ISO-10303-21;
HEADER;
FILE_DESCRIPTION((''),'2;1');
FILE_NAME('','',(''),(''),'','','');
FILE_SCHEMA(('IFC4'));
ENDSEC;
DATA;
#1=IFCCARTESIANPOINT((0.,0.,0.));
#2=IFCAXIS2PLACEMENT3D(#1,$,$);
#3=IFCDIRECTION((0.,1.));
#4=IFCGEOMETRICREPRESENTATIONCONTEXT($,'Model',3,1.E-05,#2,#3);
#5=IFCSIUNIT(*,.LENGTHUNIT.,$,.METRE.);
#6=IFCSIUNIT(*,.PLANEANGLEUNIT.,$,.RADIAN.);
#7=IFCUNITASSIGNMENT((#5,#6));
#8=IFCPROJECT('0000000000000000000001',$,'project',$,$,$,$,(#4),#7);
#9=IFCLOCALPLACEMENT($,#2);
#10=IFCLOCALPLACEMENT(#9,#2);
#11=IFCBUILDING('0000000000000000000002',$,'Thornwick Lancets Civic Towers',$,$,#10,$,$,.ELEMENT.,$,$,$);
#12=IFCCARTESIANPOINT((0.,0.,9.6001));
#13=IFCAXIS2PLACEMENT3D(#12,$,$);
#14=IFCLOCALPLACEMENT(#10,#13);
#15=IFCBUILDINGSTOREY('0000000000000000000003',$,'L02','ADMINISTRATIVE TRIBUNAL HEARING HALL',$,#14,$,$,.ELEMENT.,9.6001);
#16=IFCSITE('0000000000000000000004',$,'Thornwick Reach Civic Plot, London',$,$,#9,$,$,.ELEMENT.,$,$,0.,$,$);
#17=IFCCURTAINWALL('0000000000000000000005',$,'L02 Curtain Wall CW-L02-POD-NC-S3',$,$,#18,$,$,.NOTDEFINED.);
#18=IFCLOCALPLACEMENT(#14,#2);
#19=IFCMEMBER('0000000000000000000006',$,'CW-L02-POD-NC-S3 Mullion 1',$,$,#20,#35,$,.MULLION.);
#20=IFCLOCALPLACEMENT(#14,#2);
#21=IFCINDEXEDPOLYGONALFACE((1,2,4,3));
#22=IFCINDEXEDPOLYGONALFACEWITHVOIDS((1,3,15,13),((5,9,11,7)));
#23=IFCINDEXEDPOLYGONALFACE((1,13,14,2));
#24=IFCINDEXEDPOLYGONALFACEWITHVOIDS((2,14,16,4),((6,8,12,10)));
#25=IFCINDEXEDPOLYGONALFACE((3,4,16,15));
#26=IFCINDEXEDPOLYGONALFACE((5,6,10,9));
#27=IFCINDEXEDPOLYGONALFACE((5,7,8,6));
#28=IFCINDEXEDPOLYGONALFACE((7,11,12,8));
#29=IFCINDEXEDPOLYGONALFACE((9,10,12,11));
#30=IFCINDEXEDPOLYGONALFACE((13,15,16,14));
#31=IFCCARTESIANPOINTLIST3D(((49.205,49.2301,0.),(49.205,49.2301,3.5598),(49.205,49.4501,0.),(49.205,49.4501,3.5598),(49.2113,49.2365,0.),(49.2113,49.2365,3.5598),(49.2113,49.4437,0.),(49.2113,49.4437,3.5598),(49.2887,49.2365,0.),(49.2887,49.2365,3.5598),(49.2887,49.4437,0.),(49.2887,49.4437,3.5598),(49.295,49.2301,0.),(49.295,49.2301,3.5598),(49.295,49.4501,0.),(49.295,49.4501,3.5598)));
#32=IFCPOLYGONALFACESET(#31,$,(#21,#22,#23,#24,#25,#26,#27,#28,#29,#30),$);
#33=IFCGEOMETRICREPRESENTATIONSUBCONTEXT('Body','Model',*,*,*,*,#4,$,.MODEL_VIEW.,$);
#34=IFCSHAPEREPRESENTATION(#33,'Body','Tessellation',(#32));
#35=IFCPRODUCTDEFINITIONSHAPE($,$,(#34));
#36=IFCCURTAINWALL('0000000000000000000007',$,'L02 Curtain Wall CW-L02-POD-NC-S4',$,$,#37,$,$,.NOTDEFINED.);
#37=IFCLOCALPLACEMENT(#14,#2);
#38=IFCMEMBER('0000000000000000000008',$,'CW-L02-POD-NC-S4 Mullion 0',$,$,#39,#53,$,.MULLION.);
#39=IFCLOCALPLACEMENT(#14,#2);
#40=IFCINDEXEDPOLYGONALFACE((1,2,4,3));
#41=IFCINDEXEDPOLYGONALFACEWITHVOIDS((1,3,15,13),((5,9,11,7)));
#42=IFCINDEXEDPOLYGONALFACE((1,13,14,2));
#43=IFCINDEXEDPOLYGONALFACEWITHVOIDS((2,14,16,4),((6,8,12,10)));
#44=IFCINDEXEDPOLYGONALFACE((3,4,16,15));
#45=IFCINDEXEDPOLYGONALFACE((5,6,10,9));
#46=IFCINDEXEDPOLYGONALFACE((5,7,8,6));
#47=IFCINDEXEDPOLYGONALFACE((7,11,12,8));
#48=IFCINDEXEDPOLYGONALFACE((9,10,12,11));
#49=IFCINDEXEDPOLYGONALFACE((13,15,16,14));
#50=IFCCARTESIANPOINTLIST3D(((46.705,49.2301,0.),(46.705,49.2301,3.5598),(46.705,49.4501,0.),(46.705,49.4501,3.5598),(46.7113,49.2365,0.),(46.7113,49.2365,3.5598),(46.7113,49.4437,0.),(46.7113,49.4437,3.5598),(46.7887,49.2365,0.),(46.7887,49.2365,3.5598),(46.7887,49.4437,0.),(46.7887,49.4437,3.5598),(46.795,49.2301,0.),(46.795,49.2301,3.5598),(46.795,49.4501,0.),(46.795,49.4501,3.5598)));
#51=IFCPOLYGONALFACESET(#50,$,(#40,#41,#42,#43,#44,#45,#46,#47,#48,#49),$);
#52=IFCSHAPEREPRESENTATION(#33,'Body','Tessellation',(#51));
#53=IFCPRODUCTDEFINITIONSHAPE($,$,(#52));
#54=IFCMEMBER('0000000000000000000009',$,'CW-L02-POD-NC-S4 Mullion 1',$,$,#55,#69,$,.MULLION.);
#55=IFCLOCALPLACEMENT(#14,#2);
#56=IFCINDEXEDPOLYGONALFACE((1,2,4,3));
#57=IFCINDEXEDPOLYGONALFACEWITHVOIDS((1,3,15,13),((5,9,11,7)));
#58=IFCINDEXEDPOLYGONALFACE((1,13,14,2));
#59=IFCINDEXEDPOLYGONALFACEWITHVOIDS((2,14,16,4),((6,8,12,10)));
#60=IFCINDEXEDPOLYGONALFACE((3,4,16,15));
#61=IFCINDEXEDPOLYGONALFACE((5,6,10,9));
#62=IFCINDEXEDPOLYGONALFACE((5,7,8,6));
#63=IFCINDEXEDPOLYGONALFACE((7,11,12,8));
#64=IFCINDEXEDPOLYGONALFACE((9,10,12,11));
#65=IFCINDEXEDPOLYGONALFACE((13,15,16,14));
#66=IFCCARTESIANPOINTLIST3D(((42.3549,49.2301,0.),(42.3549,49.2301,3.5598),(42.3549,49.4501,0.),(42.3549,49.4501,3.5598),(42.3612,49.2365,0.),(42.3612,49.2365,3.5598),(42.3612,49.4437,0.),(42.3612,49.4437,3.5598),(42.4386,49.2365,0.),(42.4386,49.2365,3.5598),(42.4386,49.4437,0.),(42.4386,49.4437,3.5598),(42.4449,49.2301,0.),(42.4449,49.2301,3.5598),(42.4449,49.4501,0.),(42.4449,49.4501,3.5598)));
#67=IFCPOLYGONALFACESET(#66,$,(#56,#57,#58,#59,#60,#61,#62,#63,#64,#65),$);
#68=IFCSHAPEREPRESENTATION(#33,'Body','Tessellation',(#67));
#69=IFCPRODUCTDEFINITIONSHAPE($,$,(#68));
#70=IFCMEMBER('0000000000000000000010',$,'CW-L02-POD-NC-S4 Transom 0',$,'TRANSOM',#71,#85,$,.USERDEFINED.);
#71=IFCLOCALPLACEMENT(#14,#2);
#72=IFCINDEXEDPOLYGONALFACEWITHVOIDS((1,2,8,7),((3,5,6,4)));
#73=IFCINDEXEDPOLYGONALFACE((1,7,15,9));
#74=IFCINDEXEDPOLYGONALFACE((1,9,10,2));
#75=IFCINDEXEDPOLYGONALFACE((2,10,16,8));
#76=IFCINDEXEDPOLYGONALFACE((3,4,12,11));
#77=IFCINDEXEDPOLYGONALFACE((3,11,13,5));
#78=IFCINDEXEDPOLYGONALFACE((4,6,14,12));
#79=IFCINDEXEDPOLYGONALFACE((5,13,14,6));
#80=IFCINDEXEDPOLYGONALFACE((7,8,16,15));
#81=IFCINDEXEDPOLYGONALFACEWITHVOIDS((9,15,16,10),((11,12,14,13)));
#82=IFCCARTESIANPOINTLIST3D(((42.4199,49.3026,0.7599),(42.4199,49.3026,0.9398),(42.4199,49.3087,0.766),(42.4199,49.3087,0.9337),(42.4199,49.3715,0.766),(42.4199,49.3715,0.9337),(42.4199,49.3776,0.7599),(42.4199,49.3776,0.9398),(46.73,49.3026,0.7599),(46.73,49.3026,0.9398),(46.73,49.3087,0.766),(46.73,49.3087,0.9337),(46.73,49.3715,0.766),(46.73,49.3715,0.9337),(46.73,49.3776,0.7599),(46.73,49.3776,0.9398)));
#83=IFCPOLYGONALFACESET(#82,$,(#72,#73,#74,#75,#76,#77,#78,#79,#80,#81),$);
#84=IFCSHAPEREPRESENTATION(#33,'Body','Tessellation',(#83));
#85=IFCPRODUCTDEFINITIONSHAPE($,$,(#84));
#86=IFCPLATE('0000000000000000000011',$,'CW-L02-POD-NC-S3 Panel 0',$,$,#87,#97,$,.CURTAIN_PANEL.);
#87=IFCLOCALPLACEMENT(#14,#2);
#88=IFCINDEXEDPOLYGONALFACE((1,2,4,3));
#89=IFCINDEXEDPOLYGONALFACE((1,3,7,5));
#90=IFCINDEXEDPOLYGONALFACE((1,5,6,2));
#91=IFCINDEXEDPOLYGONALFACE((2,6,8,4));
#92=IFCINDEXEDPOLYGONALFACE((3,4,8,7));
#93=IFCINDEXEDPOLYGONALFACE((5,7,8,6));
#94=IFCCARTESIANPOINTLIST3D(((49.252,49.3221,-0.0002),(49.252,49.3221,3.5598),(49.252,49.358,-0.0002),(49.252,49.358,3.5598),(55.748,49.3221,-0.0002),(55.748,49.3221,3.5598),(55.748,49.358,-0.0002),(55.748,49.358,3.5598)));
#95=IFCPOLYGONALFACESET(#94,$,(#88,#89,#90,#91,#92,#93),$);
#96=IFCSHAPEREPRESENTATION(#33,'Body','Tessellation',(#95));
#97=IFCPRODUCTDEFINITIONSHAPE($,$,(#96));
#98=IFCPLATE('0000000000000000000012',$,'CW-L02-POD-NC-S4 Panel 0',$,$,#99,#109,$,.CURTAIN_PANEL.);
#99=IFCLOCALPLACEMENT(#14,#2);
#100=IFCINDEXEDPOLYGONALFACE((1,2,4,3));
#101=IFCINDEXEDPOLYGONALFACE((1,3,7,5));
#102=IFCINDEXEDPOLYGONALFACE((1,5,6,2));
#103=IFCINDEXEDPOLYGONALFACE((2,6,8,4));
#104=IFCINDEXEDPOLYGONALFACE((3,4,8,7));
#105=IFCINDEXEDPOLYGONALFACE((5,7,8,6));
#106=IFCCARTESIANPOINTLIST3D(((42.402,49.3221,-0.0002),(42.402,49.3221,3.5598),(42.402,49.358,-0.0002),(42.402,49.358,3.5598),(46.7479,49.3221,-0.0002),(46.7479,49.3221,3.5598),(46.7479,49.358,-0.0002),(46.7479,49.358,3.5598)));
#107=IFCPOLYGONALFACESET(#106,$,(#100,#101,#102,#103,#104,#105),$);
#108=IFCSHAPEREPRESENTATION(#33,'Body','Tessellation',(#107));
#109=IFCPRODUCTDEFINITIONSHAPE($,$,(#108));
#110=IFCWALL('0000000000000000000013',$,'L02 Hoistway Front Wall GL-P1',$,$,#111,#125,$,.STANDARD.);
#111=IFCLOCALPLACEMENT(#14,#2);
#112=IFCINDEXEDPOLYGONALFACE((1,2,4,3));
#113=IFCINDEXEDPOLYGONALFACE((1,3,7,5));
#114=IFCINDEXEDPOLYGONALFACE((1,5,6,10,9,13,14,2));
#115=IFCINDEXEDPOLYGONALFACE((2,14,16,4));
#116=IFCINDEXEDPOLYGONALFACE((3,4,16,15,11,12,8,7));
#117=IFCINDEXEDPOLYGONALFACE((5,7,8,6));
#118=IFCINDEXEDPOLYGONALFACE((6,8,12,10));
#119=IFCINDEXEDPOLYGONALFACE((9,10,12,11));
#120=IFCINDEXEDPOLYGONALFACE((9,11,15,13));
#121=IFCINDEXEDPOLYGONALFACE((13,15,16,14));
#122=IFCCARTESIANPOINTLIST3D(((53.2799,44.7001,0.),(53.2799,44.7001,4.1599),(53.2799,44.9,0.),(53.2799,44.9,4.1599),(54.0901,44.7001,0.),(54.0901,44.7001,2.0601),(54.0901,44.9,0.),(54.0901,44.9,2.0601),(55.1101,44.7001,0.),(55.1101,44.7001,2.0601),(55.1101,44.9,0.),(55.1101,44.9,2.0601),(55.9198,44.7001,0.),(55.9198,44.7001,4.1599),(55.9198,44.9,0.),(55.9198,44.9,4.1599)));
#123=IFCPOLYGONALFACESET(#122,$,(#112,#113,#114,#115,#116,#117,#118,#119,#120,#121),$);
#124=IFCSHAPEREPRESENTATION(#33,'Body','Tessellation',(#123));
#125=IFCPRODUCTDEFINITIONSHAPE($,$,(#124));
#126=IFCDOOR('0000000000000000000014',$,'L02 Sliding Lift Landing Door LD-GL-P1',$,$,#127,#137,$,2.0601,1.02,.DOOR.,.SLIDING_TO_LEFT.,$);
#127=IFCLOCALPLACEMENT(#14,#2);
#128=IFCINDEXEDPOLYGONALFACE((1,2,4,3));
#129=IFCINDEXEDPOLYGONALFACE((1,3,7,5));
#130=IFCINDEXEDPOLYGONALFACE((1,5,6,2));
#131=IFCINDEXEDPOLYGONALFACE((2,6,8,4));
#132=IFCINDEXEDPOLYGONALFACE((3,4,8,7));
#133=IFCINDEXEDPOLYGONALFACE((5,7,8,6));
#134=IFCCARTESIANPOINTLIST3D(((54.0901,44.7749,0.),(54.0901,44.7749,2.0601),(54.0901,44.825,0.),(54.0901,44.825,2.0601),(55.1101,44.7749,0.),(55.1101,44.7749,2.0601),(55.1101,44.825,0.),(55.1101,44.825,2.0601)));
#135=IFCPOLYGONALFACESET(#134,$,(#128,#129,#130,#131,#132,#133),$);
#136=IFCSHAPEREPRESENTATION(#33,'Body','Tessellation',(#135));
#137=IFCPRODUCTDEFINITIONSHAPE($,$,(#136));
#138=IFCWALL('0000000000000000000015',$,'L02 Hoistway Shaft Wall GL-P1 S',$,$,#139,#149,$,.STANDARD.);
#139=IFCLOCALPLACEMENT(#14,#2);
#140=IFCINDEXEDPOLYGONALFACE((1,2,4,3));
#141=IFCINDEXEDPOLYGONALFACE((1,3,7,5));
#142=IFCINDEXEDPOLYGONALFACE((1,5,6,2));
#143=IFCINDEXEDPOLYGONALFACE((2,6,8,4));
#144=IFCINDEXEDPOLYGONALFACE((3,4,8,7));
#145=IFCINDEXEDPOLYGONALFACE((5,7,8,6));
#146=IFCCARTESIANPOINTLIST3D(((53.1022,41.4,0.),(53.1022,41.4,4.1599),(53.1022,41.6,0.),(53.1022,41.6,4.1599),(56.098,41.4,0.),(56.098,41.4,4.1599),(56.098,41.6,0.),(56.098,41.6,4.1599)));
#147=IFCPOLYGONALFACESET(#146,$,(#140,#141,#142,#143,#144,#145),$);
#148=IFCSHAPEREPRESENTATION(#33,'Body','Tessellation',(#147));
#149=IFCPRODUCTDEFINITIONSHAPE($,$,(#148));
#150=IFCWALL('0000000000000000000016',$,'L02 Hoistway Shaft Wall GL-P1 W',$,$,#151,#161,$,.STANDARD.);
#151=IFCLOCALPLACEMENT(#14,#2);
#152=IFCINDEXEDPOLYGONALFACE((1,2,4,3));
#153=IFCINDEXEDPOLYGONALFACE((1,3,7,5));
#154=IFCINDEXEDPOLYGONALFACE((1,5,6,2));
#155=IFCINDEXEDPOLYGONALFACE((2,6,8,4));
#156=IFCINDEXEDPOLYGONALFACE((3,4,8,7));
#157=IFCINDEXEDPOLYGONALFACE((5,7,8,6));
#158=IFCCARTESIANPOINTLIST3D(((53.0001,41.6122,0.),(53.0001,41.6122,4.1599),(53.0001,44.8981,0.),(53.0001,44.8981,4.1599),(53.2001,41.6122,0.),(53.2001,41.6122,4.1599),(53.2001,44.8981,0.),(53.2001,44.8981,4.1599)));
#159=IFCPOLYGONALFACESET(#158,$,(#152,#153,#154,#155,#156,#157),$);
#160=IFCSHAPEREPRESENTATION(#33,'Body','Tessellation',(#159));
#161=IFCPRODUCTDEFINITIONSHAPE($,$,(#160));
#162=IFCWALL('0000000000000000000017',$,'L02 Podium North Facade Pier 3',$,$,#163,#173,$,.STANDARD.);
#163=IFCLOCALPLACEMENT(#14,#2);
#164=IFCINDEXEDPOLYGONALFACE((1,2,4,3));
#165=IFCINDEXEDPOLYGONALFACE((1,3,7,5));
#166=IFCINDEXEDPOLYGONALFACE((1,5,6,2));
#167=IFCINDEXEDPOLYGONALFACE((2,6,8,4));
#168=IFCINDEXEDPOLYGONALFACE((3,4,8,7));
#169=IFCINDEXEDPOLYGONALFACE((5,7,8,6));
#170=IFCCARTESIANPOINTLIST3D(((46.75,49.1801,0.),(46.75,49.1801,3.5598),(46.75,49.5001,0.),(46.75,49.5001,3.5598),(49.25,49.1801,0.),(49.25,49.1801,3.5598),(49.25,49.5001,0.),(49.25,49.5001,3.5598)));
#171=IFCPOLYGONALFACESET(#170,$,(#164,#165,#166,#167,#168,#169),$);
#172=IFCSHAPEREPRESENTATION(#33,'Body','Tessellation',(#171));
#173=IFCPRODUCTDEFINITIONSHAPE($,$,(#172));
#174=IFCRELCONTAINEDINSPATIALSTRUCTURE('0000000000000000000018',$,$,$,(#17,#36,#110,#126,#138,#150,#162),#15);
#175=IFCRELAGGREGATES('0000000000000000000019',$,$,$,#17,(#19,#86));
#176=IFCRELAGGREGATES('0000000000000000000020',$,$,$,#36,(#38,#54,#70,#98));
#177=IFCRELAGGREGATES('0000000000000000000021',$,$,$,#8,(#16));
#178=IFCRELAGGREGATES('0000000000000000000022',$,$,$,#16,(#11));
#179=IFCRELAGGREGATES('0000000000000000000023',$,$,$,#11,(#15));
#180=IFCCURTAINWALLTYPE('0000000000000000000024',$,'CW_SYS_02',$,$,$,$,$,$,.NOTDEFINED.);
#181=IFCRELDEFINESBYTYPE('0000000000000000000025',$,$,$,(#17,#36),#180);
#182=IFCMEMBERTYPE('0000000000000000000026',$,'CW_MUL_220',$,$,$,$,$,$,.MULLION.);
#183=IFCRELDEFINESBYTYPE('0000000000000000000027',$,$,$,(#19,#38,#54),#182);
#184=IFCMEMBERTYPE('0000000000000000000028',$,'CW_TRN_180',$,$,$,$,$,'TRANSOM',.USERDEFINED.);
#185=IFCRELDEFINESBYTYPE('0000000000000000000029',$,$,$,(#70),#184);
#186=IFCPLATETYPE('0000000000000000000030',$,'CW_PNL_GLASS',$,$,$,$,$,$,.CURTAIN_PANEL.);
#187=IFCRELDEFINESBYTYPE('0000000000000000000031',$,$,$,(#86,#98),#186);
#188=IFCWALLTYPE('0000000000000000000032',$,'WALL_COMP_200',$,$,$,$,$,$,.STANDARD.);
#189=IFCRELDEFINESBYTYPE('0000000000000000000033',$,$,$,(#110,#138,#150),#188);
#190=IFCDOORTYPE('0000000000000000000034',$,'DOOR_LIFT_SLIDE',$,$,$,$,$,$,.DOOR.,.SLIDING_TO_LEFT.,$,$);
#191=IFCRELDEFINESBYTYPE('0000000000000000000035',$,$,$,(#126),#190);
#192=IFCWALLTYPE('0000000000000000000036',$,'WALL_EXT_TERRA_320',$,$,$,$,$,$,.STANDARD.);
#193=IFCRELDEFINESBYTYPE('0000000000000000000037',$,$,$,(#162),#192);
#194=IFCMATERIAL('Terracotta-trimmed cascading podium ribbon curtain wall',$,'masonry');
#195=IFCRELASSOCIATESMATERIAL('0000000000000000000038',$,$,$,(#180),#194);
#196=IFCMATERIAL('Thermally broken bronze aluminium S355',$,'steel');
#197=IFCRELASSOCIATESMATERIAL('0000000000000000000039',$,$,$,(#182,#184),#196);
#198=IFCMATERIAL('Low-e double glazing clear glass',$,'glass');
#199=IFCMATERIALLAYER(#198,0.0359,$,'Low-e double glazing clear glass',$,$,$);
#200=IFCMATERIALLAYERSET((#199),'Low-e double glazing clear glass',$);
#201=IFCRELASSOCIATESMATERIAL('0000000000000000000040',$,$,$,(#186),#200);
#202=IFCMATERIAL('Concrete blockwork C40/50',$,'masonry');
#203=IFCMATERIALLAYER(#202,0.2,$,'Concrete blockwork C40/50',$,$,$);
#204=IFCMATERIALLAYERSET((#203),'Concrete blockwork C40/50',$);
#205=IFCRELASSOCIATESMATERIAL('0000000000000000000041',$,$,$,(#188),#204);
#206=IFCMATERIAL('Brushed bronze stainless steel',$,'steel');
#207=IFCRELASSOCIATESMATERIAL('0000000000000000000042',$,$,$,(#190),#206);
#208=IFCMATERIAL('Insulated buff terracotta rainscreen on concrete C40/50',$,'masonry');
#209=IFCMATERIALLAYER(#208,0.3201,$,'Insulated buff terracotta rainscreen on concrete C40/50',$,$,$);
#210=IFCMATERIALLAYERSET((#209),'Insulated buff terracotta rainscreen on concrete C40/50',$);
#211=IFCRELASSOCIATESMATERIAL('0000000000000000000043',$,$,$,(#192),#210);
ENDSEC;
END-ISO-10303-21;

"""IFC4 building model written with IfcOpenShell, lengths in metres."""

from ifc_helpers import new_model, si_unit, direction, frame, frame_2d, origin, origin_2d, place, context, subcontext, project, spatial, rectangle, hollow_rectangle, extrude, material, layer, layer_set, material_profile, profile_set, type_object, element, fill, aggregate, save


model = new_model("IFC4")

# Units and contexts
model_context = context("Model", 3, precision=1e-05, world=origin(), true_north=direction((0.0, 1.0)))
body_context = subcontext(model_context, "Body", "Model", "MODEL_VIEW")
ifc_project = project(units=[si_unit("LENGTHUNIT", "METRE"), si_unit("PLANEANGLEUNIT", "RADIAN")], contexts=[model_context])

# Site, building, storey
site_placement = place(None, origin())
site = spatial("IfcSite", under=ifc_project, at=site_placement, Name="Thornwick Reach Civic Plot, London", CompositionType="ELEMENT", RefElevation=0.0)
building_placement = place(site_placement, origin())
building = spatial("IfcBuilding", under=site, at=building_placement, Name="Thornwick Lancets Civic Towers", CompositionType="ELEMENT")
storey_placement = place(building_placement, frame((0.0, 0.0, 9.6001)))
storey = spatial("IfcBuildingStorey", under=building, at=storey_placement, Name="L02", Description="ADMINISTRATIVE TRIBUNAL HEARING HALL", CompositionType="ELEMENT", Elevation=9.6001)

# Curtain wall, member
ifc_material_1 = material(Name="Terracotta-trimmed cascading podium ribbon curtain wall", Category="masonry")
curtain_wall_type = type_object("IfcCurtainWallType", Name="CW_SYS_02", PredefinedType="NOTDEFINED", material=ifc_material_1)
curtain_wall_1_placement = place(storey_placement, origin())
curtain_wall_1 = element("IfcCurtainWall", 1, at=curtain_wall_1_placement, inside=storey, type_object=curtain_wall_type, Name="L02 Curtain Wall CW-L02-POD-NC-S3", PredefinedType="NOTDEFINED")
ifc_material_2 = material(Name="Thermally broken bronze aluminium S355", Category="steel")
ifc_material_profile_1 = material_profile(ifc_material_2, hollow_rectangle(XDim=0.0901, YDim=0.22, WallThickness=0.0063, at=origin_2d()), Name="RHS 220x90x6.3")
ifc_profile_set_1 = profile_set([ifc_material_profile_1], Name="Thermally broken bronze aluminium S355")
member_type_1 = type_object("IfcMemberType", Name="CW_MUL_220", PredefinedType="MULLION", material=ifc_profile_set_1)
member_1_placement = place(storey_placement, frame((49.25, 49.3401, 0.0), z_axis=(0.0, 0.0, 1.0), x_axis=(1.0, 0.0, 0.0)))
member_1 = element("IfcMember", 2, at=member_1_placement, type_object=member_type_1, Name="CW-L02-POD-NC-S3 Mullion 1", PredefinedType="MULLION", context=body_context, shape_type="SweptSolid", body=[
    extrude(hollow_rectangle(XDim=0.0901, YDim=0.22, WallThickness=0.0063, at=origin_2d()), origin(), (0.0, 0.0, 1.0), 3.5598),
])

# Curtain wall, members
curtain_wall_2_placement = place(storey_placement, origin())
curtain_wall_2 = element("IfcCurtainWall", 3, at=curtain_wall_2_placement, inside=storey, type_object=curtain_wall_type, Name="L02 Curtain Wall CW-L02-POD-NC-S4", PredefinedType="NOTDEFINED")
member_2_placement = place(storey_placement, frame((46.75, 49.3401, 0.0), z_axis=(0.0, 0.0, 1.0), x_axis=(1.0, 0.0, 0.0)))
member_2 = element("IfcMember", 4, at=member_2_placement, type_object=member_type_1, Name="CW-L02-POD-NC-S4 Mullion 0", PredefinedType="MULLION", context=body_context, shape_type="SweptSolid", body=[
    extrude(hollow_rectangle(XDim=0.0901, YDim=0.22, WallThickness=0.0063, at=origin_2d()), origin(), (0.0, 0.0, 1.0), 3.5598),
])
member_3_placement = place(storey_placement, frame((42.3999, 49.3401, 0.0), z_axis=(0.0, 0.0, 1.0), x_axis=(1.0, 0.0, 0.0)))
member_3 = element("IfcMember", 5, at=member_3_placement, type_object=member_type_1, Name="CW-L02-POD-NC-S4 Mullion 1", PredefinedType="MULLION", context=body_context, shape_type="SweptSolid", body=[
    extrude(hollow_rectangle(XDim=0.0901, YDim=0.22, WallThickness=0.0063, at=origin_2d()), origin(), (0.0, 0.0, 1.0), 3.5598),
])
ifc_material_profile_2 = material_profile(ifc_material_2, hollow_rectangle(XDim=0.075, YDim=0.1799, WallThickness=0.0061, at=origin_2d()), Name="RHS 180x75x6")
ifc_profile_set_2 = profile_set([ifc_material_profile_2], Name="Thermally broken bronze aluminium S355")
member_type_2 = type_object("IfcMemberType", Name="CW_TRN_180", ElementType="TRANSOM", PredefinedType="USERDEFINED", material=ifc_profile_set_2)
member_4_placement = place(storey_placement, frame((46.73, 49.3401, 0.8499), z_axis=(-1.0, 0.0, 0.0), x_axis=(0.0, -1.0, 0.0)))
member_4 = element("IfcMember", 6, at=member_4_placement, type_object=member_type_2, Name="CW-L02-POD-NC-S4 Transom 0", ObjectType="TRANSOM", PredefinedType="USERDEFINED", context=body_context, shape_type="SweptSolid", body=[
    extrude(hollow_rectangle(XDim=0.075, YDim=0.1799, WallThickness=0.0061, at=origin_2d()), origin(), (0.0, 0.0, 1.0), 4.3101),
])

# Plates
ifc_material_3 = material(Name="Low-e double glazing clear glass", Category="glass")
ifc_layer_1 = layer(ifc_material_3, 0.0359, Name="Low-e double glazing clear glass")
ifc_layer_set_1 = layer_set([ifc_layer_1], Name="Low-e double glazing clear glass")
plate_type = type_object("IfcPlateType", Name="CW_PNL_GLASS", PredefinedType="CURTAIN_PANEL", material=ifc_layer_set_1)
plate_1_placement = place(storey_placement, frame((52.5, 49.3401, -0.0002), z_axis=(0.0, 0.0, 1.0), x_axis=(-1.0, 0.0, 0.0)))
plate_1 = element("IfcPlate", 7, at=plate_1_placement, type_object=plate_type, Name="CW-L02-POD-NC-S3 Panel 0", PredefinedType="CURTAIN_PANEL", context=body_context, shape_type="SweptSolid", body=[
    extrude(rectangle(XDim=6.4961, YDim=0.0359, at=origin_2d()), origin(), (0.0, 0.0, 1.0), 3.5601),
])
aggregate(curtain_wall_1, [member_1, plate_1])
plate_2_placement = place(storey_placement, frame((44.575, 49.3401, -0.0002), z_axis=(0.0, 0.0, 1.0), x_axis=(-1.0, 0.0, 0.0)))
plate_2 = element("IfcPlate", 8, at=plate_2_placement, type_object=plate_type, Name="CW-L02-POD-NC-S4 Panel 0", PredefinedType="CURTAIN_PANEL", context=body_context, shape_type="SweptSolid", body=[
    extrude(rectangle(XDim=4.3459, YDim=0.0359, at=origin_2d()), origin(), (0.0, 0.0, 1.0), 3.5601),
])
aggregate(curtain_wall_2, [member_2, member_3, member_4, plate_2])

# Wall, opening, door
ifc_material_4 = material(Name="Concrete blockwork C40/50", Category="masonry")
ifc_layer_2 = layer(ifc_material_4, 0.2, Name="Concrete blockwork C40/50")
ifc_layer_set_2 = layer_set([ifc_layer_2], Name="Concrete blockwork C40/50")
wall_type_1 = type_object("IfcWallType", Name="WALL_COMP_200", PredefinedType="STANDARD", material=ifc_layer_set_2)
wall_1_placement = place(storey_placement, frame((53.28, 44.8, 0.0), z_axis=(0.0, 0.0, 1.0), x_axis=(1.0, 0.0, 0.0)))
wall_1 = element("IfcWall", 9, at=wall_1_placement, inside=storey, type_object=wall_type_1, Name="L02 Hoistway Front Wall GL-P1", PredefinedType="STANDARD", context=body_context, shape_type="SweptSolid", body=[
    extrude(rectangle(XDim=2.6399, YDim=0.2, at=frame_2d((1.3198, 0.0))), origin(), (0.0, 0.0, 1.0), 4.1599),
])
opening_1_placement = place(wall_1_placement, frame((0.8101, 0.0, 0.0)))
opening_1 = element("IfcOpeningElement", 10, at=opening_1_placement, cuts=wall_1, PredefinedType="OPENING", context=body_context, shape_type="SweptSolid", body=[
    extrude(rectangle(XDim=1.02, YDim=2.0601, at=frame_2d((0.51, 1.03))), frame((0.0, 0.1099, 0.0), z_axis=(0.0, -1.0, 0.0), x_axis=(1.0, 0.0, 0.0)), (0.0, 0.0, 1.0), 0.22),
])
ifc_material_5 = material(Name="Brushed bronze stainless steel", Category="steel")
door_type_1 = type_object("IfcDoorType", Name="DOOR_LIFT_SLIDE", OperationType="SLIDING_TO_LEFT", PredefinedType="DOOR", material=ifc_material_5)
door_1_placement = place(opening_1_placement, origin())
door_1 = element("IfcDoor", 11, at=door_1_placement, inside=storey, type_object=door_type_1, Name="L02 Sliding Lift Landing Door LD-GL-P1", OperationType="SLIDING_TO_LEFT", OverallHeight=2.0601, OverallWidth=1.02, PredefinedType="DOOR", context=body_context, shape_type="SweptSolid", body=[
    extrude(rectangle(XDim=1.02, YDim=2.0601, at=frame_2d((0.51, 1.03))), frame((0.0, 0.0249, 0.0), z_axis=(0.0, -1.0, 0.0), x_axis=(1.0, 0.0, 0.0)), (0.0, 0.0, 1.0), 0.05),
])
fill(opening_1, door_1)

# Walls
wall_2_placement = place(storey_placement, frame((53.1021, 41.5, 0.0), z_axis=(0.0, 0.0, 1.0), x_axis=(1.0, 0.0, 0.0)))
element("IfcWall", 12, at=wall_2_placement, inside=storey, type_object=wall_type_1, Name="L02 Hoistway Shaft Wall GL-P1 S", PredefinedType="STANDARD", context=body_context, shape_type="SweptSolid", body=[
    extrude(rectangle(XDim=2.9958, YDim=0.2, at=frame_2d((1.498, 0.0))), origin(), (0.0, 0.0, 1.0), 4.1599),
])
wall_3_placement = place(storey_placement, frame((53.1001, 41.6121, 0.0), z_axis=(0.0, 0.0, 1.0), x_axis=(0.0, 1.0, 0.0)))
element("IfcWall", 13, at=wall_3_placement, inside=storey, type_object=wall_type_1, Name="L02 Hoistway Shaft Wall GL-P1 W", PredefinedType="STANDARD", context=body_context, shape_type="SweptSolid", body=[
    extrude(rectangle(XDim=3.2859, YDim=0.2, at=frame_2d((1.6431, 0.0))), origin(), (0.0, 0.0, 1.0), 4.1599),
])
ifc_material_6 = material(Name="Insulated buff terracotta rainscreen on concrete C40/50", Category="masonry")
ifc_layer_3 = layer(ifc_material_6, 0.3201, Name="Insulated buff terracotta rainscreen on concrete C40/50")
ifc_layer_set_3 = layer_set([ifc_layer_3], Name="Insulated buff terracotta rainscreen on concrete C40/50")
wall_type_2 = type_object("IfcWallType", Name="WALL_EXT_TERRA_320", PredefinedType="STANDARD", material=ifc_layer_set_3)
wall_4_placement = place(storey_placement, frame((49.25, 49.3401, 0.0), z_axis=(0.0, 0.0, 1.0), x_axis=(-1.0, 0.0, 0.0)))
element("IfcWall", 14, at=wall_4_placement, inside=storey, type_object=wall_type_2, Name="L02 Podium North Facade Pier 3", PredefinedType="STANDARD", context=body_context, shape_type="SweptSolid", body=[
    extrude(rectangle(XDim=2.5, YDim=0.3201, at=frame_2d((1.25, 0.0))), origin(), (0.0, 0.0, 1.0), 3.5598),
])

save(model, "model.ifc")
